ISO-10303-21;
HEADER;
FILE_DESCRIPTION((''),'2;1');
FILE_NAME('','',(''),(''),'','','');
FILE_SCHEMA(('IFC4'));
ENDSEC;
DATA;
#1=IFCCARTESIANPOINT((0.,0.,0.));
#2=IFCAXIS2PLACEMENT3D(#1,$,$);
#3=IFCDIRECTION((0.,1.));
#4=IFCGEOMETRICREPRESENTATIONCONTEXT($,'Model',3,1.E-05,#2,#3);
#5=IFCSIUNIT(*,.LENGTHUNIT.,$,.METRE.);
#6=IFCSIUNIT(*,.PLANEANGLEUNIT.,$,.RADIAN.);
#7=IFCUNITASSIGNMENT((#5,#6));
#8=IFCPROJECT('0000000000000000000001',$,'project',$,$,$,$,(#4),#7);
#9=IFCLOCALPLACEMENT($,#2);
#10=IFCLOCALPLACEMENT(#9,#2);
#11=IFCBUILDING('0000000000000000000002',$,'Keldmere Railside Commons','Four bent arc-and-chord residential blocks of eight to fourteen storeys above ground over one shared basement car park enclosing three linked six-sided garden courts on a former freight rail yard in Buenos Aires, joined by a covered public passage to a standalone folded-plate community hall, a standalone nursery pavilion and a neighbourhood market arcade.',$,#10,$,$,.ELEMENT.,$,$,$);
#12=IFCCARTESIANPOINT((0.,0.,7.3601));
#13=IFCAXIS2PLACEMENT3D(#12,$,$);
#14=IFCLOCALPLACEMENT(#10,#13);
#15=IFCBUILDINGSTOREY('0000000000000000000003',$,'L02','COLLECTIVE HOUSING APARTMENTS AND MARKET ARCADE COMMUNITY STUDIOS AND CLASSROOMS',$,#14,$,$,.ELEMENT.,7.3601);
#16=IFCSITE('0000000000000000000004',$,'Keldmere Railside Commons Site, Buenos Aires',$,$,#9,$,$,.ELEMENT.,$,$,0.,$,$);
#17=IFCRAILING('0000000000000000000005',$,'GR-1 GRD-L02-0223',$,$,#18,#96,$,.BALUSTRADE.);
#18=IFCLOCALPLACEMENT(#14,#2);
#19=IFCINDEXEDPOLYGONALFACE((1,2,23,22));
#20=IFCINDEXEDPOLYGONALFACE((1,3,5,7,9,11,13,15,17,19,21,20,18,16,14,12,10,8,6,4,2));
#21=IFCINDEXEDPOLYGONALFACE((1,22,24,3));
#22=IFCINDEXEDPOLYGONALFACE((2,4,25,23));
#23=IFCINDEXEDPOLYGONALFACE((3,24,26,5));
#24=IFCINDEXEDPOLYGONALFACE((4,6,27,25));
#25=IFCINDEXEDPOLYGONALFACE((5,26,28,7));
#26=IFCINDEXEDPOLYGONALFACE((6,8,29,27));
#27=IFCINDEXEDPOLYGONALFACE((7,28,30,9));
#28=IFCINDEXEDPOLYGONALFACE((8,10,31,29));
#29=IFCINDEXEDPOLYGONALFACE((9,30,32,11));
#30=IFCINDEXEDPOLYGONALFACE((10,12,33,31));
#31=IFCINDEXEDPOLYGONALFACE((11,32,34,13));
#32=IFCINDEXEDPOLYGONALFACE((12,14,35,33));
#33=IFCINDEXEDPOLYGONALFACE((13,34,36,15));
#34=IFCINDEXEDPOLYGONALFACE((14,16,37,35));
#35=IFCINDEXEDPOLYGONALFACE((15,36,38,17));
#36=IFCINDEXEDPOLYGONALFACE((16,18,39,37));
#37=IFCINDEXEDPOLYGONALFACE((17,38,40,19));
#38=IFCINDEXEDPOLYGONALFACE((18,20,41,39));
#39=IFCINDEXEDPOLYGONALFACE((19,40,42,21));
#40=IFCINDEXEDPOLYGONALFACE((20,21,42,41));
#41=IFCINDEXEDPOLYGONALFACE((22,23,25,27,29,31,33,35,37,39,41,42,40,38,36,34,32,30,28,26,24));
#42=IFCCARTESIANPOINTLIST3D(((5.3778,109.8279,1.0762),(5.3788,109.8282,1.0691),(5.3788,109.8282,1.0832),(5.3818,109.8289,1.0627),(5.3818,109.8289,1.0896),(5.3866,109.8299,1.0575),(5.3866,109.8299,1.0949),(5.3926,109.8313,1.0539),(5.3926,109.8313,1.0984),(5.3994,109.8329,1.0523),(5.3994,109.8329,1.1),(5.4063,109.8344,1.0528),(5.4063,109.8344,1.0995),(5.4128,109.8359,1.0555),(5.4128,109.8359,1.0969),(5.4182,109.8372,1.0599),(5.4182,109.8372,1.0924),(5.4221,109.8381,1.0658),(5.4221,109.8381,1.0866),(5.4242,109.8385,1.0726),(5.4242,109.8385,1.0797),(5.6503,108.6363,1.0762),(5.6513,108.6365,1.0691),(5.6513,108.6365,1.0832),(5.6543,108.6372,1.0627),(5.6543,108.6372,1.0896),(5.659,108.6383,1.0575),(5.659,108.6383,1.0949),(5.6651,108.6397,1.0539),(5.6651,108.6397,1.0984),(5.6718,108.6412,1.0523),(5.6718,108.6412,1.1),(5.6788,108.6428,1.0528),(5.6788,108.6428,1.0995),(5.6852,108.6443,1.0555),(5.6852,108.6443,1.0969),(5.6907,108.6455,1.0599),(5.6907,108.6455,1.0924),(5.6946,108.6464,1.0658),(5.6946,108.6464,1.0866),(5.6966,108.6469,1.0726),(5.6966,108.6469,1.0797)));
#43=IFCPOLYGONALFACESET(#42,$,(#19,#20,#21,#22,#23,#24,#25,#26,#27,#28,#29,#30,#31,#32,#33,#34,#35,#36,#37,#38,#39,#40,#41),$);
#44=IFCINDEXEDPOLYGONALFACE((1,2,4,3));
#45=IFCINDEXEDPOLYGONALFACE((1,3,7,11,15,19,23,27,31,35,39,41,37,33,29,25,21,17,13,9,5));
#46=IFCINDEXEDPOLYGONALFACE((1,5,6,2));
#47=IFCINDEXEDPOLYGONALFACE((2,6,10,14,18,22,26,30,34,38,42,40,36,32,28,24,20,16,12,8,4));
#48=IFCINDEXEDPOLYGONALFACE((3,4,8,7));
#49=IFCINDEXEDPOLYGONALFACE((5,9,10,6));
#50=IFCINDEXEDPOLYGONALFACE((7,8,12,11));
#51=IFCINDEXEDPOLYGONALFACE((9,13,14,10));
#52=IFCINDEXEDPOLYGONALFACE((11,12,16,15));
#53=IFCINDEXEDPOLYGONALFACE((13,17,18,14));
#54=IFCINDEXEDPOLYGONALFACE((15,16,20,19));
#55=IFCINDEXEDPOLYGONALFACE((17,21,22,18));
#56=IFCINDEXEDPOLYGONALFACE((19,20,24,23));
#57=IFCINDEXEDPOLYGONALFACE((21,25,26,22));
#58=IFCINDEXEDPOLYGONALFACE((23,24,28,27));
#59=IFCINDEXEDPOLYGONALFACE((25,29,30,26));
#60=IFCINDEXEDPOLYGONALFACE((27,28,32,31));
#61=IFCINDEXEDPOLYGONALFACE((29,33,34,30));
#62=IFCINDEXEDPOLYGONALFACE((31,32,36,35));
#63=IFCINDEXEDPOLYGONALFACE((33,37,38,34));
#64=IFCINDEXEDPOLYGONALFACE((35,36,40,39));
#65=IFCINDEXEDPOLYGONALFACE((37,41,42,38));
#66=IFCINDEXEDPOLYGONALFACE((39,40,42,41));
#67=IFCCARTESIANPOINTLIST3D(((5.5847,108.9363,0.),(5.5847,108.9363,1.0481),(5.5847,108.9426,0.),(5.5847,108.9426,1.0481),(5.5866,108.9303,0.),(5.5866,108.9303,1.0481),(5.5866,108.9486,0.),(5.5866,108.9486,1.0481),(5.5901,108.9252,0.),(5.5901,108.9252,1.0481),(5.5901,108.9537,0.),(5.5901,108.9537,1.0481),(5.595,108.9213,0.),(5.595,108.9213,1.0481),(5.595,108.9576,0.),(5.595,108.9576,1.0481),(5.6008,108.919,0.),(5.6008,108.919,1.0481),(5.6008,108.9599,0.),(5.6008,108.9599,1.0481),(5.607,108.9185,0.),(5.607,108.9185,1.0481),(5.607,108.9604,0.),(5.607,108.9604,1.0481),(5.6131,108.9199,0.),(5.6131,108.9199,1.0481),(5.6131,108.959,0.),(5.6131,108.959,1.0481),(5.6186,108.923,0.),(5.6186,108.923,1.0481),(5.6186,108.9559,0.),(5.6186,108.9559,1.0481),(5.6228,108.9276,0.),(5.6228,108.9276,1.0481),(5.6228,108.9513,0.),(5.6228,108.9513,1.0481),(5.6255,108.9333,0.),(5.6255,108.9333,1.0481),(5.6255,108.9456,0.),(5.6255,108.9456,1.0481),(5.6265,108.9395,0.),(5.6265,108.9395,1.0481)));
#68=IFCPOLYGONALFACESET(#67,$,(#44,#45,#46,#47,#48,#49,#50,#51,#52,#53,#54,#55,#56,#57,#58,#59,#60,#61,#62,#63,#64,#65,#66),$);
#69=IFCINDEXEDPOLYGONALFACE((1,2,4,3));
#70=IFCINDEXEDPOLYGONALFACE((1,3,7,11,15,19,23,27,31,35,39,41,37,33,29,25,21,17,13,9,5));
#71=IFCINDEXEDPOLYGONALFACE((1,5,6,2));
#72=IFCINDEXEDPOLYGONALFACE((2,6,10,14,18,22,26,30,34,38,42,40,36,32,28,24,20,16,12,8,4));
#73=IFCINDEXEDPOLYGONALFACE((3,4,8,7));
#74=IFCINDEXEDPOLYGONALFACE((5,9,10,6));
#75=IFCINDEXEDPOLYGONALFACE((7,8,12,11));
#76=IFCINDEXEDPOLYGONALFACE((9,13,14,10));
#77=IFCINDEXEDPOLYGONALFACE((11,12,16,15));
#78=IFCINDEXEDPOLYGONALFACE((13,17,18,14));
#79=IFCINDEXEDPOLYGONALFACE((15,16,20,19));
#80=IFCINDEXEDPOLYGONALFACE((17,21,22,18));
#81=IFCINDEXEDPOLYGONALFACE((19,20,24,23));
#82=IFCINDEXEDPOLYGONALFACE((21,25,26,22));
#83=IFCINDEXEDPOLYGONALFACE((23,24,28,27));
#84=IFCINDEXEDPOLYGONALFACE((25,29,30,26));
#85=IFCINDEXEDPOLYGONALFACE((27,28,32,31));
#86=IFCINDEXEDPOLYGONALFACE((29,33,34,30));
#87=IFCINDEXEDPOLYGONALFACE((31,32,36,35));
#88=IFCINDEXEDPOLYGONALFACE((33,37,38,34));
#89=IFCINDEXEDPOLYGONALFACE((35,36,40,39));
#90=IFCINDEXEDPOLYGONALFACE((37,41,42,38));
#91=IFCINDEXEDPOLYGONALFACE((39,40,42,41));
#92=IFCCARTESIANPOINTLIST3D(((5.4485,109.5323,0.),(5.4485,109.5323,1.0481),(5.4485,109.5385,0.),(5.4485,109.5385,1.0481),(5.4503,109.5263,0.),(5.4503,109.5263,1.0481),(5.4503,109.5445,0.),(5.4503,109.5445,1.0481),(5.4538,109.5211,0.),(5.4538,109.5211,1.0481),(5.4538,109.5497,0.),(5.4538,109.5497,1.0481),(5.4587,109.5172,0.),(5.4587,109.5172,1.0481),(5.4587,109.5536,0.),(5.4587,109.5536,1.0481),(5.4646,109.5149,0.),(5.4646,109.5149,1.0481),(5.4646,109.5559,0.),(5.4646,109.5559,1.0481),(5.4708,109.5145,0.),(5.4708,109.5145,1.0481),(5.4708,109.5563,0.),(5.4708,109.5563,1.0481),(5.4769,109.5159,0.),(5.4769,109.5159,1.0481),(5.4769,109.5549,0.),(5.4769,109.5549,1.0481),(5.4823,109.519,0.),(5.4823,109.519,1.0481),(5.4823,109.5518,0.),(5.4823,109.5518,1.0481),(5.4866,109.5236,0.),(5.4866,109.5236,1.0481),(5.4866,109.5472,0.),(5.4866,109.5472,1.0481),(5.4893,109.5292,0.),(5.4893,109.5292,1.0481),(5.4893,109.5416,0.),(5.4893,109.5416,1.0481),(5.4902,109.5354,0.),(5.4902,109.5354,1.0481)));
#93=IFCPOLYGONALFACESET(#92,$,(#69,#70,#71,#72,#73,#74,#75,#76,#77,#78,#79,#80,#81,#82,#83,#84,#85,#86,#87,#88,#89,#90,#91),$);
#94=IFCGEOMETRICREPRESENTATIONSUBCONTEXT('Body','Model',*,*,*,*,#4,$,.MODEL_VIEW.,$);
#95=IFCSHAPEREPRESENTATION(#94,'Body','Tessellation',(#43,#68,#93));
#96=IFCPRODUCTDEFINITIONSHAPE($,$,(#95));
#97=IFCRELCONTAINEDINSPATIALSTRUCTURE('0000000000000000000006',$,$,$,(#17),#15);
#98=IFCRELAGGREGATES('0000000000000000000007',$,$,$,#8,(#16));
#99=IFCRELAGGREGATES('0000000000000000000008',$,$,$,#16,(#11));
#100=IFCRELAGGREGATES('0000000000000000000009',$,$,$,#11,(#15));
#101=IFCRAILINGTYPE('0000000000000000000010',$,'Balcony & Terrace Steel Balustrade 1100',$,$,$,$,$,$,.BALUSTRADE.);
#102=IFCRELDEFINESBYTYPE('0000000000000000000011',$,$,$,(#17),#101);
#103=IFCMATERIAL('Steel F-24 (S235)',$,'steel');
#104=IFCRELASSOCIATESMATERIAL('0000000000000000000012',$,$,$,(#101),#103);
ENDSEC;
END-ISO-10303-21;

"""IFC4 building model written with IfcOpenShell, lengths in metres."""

from ifc_helpers import new_model, si_unit, direction, frame, origin, origin_2d, place, context, subcontext, project, spatial, circle, extrude, material, type_object, element, save


model = new_model("IFC4")

# Units and contexts
model_context = context("Model", 3, precision=1e-05, world=origin(), true_north=direction((0.0, 1.0)))
body_context = subcontext(model_context, "Body", "Model", "MODEL_VIEW")
ifc_project = project(units=[si_unit("LENGTHUNIT", "METRE"), si_unit("PLANEANGLEUNIT", "RADIAN")], contexts=[model_context])

# Site, building, storey
site_placement = place(None, origin())
site = spatial("IfcSite", under=ifc_project, at=site_placement, Name="Keldmere Railside Commons Site, Buenos Aires", CompositionType="ELEMENT", RefElevation=0.0)
building_placement = place(site_placement, origin())
building = spatial("IfcBuilding", under=site, at=building_placement, Name="Keldmere Railside Commons", Description="Four bent arc-and-chord residential blocks of eight to fourteen storeys above ground over one shared basement car park enclosing three linked six-sided garden courts on a former freight rail yard in Buenos Aires, joined by a covered public passage to a standalone folded-plate community hall, a standalone nursery pavilion and a neighbourhood market arcade.", CompositionType="ELEMENT")
storey_placement = place(building_placement, frame((0.0, 0.0, 7.3601)))
storey = spatial("IfcBuildingStorey", under=building, at=storey_placement, Name="L02", Description="COLLECTIVE HOUSING APARTMENTS AND MARKET ARCADE COMMUNITY STUDIOS AND CLASSROOMS", CompositionType="ELEMENT", Elevation=7.3601)

# Shared definitions
ifc_material_1 = material(Name="Steel F-24 (S235)", Category="steel")

# Railing
railing_type = type_object("IfcRailingType", Name="Balcony & Terrace Steel Balustrade 1100", PredefinedType="BALUSTRADE", material=ifc_material_1)
railing_1_placement = place(storey_placement, frame((5.6736, 108.6416, 0.0)))
element("IfcRailing", 1, at=railing_1_placement, inside=storey, type_object=railing_type, Name="GR-1 GRD-L02-0223", PredefinedType="BALUSTRADE", context=body_context, shape_type="SweptSolid", body=[
    extrude(circle(Radius=0.0239, at=origin_2d()), frame((0.0, 0.0, 1.0762), z_axis=(-0.22289, 0.974844, 0.0), x_axis=(-0.974844, -0.22289, 0.0)), (0.0, 0.0, 1.0), 1.2224),
    extrude(circle(Radius=0.021, at=origin_2d()), frame((-0.0681, 0.2979, 0.0)), (0.0, 0.0, 1.0), 1.0481),
    extrude(circle(Radius=0.021, at=origin_2d()), frame((-0.2043, 0.8938, 0.0)), (0.0, 0.0, 1.0), 1.0481),
])

save(model, "model.ifc")
